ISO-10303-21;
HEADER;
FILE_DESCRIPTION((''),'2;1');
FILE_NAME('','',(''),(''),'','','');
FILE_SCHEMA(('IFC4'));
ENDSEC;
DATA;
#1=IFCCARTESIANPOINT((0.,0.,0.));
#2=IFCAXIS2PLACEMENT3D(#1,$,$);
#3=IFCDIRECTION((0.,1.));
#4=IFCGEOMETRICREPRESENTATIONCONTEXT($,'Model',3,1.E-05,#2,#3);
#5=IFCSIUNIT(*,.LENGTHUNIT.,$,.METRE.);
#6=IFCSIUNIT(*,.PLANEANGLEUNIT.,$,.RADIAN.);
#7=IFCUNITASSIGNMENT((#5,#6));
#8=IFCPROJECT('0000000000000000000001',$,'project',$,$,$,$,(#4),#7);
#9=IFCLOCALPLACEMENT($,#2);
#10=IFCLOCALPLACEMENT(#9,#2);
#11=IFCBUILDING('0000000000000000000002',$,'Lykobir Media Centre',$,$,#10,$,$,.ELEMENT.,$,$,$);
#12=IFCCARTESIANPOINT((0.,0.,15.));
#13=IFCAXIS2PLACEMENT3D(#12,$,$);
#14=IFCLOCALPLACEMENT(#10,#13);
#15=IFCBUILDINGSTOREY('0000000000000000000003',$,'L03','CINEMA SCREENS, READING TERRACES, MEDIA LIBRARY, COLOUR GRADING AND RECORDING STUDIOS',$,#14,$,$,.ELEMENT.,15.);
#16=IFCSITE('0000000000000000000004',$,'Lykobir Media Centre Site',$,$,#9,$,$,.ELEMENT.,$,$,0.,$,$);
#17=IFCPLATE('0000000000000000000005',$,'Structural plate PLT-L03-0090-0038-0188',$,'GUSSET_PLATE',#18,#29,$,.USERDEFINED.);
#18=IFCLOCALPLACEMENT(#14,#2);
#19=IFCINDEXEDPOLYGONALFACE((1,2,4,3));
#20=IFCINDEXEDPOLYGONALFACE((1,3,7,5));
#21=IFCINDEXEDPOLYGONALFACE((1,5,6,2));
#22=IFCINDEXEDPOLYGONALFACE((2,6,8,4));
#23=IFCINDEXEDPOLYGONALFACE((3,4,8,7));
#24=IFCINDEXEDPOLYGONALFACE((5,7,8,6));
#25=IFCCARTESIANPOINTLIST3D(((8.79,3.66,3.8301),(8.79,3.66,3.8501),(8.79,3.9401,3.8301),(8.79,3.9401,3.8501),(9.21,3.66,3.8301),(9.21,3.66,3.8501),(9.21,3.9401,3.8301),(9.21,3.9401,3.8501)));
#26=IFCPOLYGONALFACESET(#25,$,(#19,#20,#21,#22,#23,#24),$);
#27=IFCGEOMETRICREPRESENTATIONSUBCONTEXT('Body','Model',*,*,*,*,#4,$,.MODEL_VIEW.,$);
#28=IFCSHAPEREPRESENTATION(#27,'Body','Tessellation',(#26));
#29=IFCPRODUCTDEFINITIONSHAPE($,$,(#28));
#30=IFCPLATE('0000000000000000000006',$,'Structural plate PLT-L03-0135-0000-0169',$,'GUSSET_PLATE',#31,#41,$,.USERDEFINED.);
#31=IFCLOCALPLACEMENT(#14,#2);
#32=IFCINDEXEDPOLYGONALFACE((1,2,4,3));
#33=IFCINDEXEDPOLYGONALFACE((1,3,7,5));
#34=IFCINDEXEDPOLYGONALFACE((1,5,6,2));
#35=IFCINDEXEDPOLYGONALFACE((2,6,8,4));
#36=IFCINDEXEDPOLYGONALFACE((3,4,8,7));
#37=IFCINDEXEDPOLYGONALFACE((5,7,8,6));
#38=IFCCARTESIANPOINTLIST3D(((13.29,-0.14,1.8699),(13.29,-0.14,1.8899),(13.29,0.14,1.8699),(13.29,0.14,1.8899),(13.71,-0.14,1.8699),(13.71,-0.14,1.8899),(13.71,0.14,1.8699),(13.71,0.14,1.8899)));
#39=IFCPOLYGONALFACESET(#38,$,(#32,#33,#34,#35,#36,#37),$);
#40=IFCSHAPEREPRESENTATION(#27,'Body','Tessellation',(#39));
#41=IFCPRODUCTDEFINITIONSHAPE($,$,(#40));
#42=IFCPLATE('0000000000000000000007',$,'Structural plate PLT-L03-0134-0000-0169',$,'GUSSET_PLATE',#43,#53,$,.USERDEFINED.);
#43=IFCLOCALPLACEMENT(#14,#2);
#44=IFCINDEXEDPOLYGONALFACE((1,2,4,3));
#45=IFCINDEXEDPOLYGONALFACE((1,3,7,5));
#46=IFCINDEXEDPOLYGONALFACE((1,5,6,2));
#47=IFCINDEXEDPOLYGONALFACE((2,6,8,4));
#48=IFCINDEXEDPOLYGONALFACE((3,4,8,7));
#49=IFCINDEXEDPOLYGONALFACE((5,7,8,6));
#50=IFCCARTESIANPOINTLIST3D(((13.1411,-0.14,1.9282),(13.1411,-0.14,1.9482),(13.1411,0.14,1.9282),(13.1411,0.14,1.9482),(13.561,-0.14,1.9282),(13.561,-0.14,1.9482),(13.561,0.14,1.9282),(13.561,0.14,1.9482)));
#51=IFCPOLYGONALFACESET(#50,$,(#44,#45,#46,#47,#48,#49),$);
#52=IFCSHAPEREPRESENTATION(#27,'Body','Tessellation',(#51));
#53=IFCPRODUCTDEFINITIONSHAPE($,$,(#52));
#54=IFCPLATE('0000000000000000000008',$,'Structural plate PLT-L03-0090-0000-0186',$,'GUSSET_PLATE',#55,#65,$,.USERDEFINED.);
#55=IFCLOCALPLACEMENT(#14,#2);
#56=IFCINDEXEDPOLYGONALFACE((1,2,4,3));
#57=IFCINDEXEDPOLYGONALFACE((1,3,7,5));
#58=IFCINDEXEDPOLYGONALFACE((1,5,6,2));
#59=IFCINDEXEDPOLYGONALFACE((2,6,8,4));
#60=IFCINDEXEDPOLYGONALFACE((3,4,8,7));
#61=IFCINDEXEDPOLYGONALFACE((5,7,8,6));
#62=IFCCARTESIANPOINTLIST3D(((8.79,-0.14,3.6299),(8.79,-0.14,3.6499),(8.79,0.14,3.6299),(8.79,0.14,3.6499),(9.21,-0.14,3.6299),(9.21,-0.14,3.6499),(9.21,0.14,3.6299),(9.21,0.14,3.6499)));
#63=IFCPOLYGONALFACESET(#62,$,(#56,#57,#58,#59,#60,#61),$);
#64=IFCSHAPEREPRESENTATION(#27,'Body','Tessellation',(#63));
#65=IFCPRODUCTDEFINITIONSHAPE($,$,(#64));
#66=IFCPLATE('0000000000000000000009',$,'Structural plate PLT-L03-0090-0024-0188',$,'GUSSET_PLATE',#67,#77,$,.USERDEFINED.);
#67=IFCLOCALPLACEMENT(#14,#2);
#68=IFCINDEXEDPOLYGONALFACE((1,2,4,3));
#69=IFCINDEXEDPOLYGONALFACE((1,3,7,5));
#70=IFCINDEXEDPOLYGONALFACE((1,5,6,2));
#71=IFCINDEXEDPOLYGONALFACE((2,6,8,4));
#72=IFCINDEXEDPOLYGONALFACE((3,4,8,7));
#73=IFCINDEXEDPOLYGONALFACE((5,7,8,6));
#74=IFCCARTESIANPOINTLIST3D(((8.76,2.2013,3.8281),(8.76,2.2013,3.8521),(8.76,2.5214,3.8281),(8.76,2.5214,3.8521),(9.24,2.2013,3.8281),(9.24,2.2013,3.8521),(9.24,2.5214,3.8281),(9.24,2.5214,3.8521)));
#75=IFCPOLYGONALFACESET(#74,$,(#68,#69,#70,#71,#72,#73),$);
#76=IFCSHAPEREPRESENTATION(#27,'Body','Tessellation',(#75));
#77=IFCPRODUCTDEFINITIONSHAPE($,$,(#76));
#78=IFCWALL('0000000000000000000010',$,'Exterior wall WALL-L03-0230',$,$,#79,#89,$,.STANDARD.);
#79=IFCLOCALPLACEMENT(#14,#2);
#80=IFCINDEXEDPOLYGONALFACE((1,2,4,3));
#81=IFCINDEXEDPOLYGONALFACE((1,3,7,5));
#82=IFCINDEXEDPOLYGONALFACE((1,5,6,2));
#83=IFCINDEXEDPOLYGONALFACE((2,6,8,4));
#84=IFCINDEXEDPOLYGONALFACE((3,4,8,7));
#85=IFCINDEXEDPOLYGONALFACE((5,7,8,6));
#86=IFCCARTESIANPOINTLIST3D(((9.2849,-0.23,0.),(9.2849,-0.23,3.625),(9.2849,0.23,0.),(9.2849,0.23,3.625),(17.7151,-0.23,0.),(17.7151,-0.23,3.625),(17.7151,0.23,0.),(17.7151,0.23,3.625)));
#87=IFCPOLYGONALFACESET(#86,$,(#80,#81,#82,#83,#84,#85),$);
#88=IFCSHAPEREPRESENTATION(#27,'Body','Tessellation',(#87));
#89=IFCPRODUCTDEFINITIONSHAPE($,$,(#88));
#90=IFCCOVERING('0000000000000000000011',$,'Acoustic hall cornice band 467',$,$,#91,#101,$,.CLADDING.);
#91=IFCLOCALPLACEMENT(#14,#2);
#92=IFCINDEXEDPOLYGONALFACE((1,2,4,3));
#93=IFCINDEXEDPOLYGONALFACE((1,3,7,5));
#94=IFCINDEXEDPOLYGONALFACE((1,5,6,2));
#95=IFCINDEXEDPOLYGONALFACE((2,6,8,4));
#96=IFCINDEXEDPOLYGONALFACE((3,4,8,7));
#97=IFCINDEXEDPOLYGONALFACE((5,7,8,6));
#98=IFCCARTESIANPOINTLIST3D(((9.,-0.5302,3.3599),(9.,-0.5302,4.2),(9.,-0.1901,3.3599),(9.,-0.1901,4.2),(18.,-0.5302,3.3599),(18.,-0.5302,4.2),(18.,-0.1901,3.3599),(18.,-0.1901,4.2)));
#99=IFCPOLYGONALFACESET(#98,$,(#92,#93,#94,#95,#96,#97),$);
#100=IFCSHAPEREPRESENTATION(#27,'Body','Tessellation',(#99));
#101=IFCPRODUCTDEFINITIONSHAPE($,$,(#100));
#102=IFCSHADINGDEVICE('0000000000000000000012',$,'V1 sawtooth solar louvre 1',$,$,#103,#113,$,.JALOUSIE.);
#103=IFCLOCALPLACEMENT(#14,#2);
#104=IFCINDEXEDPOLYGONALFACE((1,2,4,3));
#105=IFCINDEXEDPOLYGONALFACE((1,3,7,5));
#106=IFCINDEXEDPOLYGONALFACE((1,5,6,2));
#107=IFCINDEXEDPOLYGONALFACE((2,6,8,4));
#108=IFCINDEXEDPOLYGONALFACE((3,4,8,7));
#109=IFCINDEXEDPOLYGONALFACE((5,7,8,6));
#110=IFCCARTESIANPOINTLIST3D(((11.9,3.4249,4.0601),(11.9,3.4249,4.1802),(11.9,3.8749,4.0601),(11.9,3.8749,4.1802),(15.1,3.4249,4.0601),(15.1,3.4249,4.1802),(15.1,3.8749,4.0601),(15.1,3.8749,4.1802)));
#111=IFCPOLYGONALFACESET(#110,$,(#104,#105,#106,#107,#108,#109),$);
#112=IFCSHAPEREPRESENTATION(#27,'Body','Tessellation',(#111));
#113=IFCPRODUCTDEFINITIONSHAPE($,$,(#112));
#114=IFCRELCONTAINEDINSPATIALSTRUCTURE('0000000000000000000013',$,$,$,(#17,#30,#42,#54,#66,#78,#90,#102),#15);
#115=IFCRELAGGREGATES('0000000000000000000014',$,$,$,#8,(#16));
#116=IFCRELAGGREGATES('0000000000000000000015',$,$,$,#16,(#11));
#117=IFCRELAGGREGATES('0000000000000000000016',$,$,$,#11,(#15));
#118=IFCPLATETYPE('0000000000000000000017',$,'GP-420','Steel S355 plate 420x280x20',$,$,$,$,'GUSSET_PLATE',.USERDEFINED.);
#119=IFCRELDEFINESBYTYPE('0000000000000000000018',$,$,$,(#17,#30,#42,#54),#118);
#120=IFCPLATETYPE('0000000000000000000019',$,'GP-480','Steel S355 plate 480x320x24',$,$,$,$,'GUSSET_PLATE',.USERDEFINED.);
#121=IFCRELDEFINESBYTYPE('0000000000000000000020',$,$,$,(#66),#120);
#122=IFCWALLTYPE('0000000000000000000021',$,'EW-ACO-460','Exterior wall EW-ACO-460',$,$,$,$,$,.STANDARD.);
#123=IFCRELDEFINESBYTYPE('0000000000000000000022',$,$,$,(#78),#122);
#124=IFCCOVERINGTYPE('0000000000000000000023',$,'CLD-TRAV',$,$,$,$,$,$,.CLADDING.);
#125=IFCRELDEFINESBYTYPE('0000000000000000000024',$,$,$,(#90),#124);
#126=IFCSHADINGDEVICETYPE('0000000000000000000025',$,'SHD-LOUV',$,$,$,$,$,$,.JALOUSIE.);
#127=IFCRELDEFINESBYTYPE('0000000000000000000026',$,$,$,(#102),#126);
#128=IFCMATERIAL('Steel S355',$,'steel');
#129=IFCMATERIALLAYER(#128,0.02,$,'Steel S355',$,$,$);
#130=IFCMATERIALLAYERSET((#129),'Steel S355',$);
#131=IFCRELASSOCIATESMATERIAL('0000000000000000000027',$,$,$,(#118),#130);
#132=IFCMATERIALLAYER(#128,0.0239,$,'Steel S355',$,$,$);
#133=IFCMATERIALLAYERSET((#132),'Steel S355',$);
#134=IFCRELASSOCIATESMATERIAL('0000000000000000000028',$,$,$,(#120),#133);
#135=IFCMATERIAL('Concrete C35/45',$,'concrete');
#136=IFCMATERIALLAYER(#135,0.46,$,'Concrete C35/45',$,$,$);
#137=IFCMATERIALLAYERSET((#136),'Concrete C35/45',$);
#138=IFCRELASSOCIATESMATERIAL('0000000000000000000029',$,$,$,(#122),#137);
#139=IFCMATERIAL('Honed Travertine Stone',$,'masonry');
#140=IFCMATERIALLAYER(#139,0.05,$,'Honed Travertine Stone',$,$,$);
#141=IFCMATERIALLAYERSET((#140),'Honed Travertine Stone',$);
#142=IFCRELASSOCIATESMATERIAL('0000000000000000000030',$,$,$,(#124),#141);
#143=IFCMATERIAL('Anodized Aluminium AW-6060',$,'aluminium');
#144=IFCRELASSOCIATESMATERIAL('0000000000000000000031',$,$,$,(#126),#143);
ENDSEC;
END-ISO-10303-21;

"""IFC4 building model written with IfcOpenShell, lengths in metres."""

from ifc_helpers import new_model, si_unit, direction, frame, frame_2d, origin, origin_2d, place, context, subcontext, project, spatial, rectangle, extrude, material, layer, layer_set, type_object, element, save


model = new_model("IFC4")

# Units and contexts
model_context = context("Model", 3, precision=1e-05, world=origin(), true_north=direction((0.0, 1.0)))
body_context = subcontext(model_context, "Body", "Model", "MODEL_VIEW")
ifc_project = project(units=[si_unit("LENGTHUNIT", "METRE"), si_unit("PLANEANGLEUNIT", "RADIAN")], contexts=[model_context])

# Site, building, storey
site_placement = place(None, origin())
site = spatial("IfcSite", under=ifc_project, at=site_placement, Name="Lykobir Media Centre Site", CompositionType="ELEMENT", RefElevation=0.0)
building_placement = place(site_placement, origin())
building = spatial("IfcBuilding", under=site, at=building_placement, Name="Lykobir Media Centre", CompositionType="ELEMENT")
storey_placement = place(building_placement, frame((0.0, 0.0, 15.0)))
storey = spatial("IfcBuildingStorey", under=building, at=storey_placement, Name="L03", Description="CINEMA SCREENS, READING TERRACES, MEDIA LIBRARY, COLOUR GRADING AND RECORDING STUDIOS", CompositionType="ELEMENT", Elevation=15.0)

# Shared definitions
ifc_material_1 = material(Name="Honed Travertine Stone", Category="masonry")

# Shared definitions
ifc_material_2 = material(Name="Steel S355", Category="steel")

# Shared definitions
ifc_material_3 = material(Name="Anodized Aluminium AW-6060", Category="aluminium")

# Plates
ifc_layer_1 = layer(ifc_material_2, 0.02, Name="Steel S355")
ifc_layer_set_1 = layer_set([ifc_layer_1], Name="Steel S355")
plate_type_1 = type_object("IfcPlateType", Name="GP-420", Description="Steel S355 plate 420x280x20", ElementType="GUSSET_PLATE", PredefinedType="USERDEFINED", material=ifc_layer_set_1)
for number, where, z_axis, x_axis, name in (
    (1, (9.0, 3.8, 3.8301), (0.0, 0.0, 1.0), (1.0, 0.0, 0.0), "Structural plate PLT-L03-0090-0038-0188"),
    (2, (13.5, 0.0, 1.8699), (0.0, 0.0, 1.0), (1.0, 0.0, 0.0), "Structural plate PLT-L03-0135-0000-0169"),
    (3, (13.3511, 0.0, 1.9282), (0.0, 0.0, 1.0), (1.0, 0.0, 0.0), "Structural plate PLT-L03-0134-0000-0169"),
    (4, (9.0, 0.0, 3.6299), (0.0, 0.0, 1.0), (1.0, 0.0, 0.0), "Structural plate PLT-L03-0090-0000-0186"),
):
    element("IfcPlate", number, at=place(storey_placement, frame(where, z_axis=z_axis, x_axis=x_axis)), inside=storey, type_object=plate_type_1, Name=name, ObjectType="GUSSET_PLATE", PredefinedType="USERDEFINED", context=body_context, shape_type="SweptSolid", body=[
        extrude(rectangle(XDim=0.4199, YDim=0.28, at=origin_2d()), origin(), (0.0, 0.0, 1.0), 0.02),
    ])
ifc_layer_2 = layer(ifc_material_2, 0.0239, Name="Steel S355")
ifc_layer_set_2 = layer_set([ifc_layer_2], Name="Steel S355")
plate_type_2 = type_object("IfcPlateType", Name="GP-480", Description="Steel S355 plate 480x320x24", ElementType="GUSSET_PLATE", PredefinedType="USERDEFINED", material=ifc_layer_set_2)
plate_1_placement = place(storey_placement, frame((9.0, 2.3613, 3.8281), z_axis=(0.0, 0.0, 1.0), x_axis=(1.0, 0.0, 0.0)))
element("IfcPlate", 5, at=plate_1_placement, inside=storey, type_object=plate_type_2, Name="Structural plate PLT-L03-0090-0024-0188", ObjectType="GUSSET_PLATE", PredefinedType="USERDEFINED", context=body_context, shape_type="SweptSolid", body=[
    extrude(rectangle(XDim=0.48, YDim=0.3201, at=origin_2d()), origin(), (0.0, 0.0, 1.0), 0.0239),
])

# Wall
ifc_material_4 = material(Name="Concrete C35/45", Category="concrete")
ifc_layer_3 = layer(ifc_material_4, 0.46, Name="Concrete C35/45")
ifc_layer_set_3 = layer_set([ifc_layer_3], Name="Concrete C35/45")
wall_type = type_object("IfcWallType", Name="EW-ACO-460", Description="Exterior wall EW-ACO-460", PredefinedType="STANDARD", material=ifc_layer_set_3)
wall_placement = place(storey_placement, frame((9.2849, 0.0, 0.0), z_axis=(0.0, 0.0, 1.0), x_axis=(1.0, 0.0, 0.0)))
element("IfcWall", 6, at=wall_placement, inside=storey, type_object=wall_type, Name="Exterior wall WALL-L03-0230", PredefinedType="STANDARD", context=body_context, shape_type="SweptSolid", body=[
    extrude(rectangle(XDim=8.4302, YDim=0.46, at=frame_2d((4.2151, 0.0))), origin(), (0.0, 0.0, 1.0), 3.625),
])

# Covering
ifc_layer_4 = layer(ifc_material_1, 0.05, Name="Honed Travertine Stone")
ifc_layer_set_4 = layer_set([ifc_layer_4], Name="Honed Travertine Stone")
covering_type = type_object("IfcCoveringType", Name="CLD-TRAV", PredefinedType="CLADDING", material=ifc_layer_set_4)
covering_placement = place(storey_placement, frame((13.5, -0.3601, 3.3599), z_axis=(0.0, 0.0, 1.0), x_axis=(1.0, 0.0, 0.0)))
element("IfcCovering", 7, at=covering_placement, inside=storey, type_object=covering_type, Name="Acoustic hall cornice band 467", PredefinedType="CLADDING", context=body_context, shape_type="SweptSolid", body=[
    extrude(rectangle(XDim=9.0, YDim=0.3401, at=origin_2d()), origin(), (0.0, 0.0, 1.0), 0.8401),
])

# Shading device
shading_device_type = type_object("IfcShadingDeviceType", Name="SHD-LOUV", PredefinedType="JALOUSIE", material=ifc_material_3)
shading_device_placement = place(storey_placement, frame((13.5, 3.6499, 4.0601), z_axis=(0.0, 0.0, 1.0), x_axis=(1.0, 0.0, 0.0)))
element("IfcShadingDevice", 8, at=shading_device_placement, inside=storey, type_object=shading_device_type, Name="V1 sawtooth solar louvre 1", PredefinedType="JALOUSIE", context=body_context, shape_type="SweptSolid", body=[
    extrude(rectangle(XDim=3.2, YDim=0.45, at=origin_2d()), origin(), (0.0, 0.0, 1.0), 0.1201),
])

save(model, "model.ifc")
